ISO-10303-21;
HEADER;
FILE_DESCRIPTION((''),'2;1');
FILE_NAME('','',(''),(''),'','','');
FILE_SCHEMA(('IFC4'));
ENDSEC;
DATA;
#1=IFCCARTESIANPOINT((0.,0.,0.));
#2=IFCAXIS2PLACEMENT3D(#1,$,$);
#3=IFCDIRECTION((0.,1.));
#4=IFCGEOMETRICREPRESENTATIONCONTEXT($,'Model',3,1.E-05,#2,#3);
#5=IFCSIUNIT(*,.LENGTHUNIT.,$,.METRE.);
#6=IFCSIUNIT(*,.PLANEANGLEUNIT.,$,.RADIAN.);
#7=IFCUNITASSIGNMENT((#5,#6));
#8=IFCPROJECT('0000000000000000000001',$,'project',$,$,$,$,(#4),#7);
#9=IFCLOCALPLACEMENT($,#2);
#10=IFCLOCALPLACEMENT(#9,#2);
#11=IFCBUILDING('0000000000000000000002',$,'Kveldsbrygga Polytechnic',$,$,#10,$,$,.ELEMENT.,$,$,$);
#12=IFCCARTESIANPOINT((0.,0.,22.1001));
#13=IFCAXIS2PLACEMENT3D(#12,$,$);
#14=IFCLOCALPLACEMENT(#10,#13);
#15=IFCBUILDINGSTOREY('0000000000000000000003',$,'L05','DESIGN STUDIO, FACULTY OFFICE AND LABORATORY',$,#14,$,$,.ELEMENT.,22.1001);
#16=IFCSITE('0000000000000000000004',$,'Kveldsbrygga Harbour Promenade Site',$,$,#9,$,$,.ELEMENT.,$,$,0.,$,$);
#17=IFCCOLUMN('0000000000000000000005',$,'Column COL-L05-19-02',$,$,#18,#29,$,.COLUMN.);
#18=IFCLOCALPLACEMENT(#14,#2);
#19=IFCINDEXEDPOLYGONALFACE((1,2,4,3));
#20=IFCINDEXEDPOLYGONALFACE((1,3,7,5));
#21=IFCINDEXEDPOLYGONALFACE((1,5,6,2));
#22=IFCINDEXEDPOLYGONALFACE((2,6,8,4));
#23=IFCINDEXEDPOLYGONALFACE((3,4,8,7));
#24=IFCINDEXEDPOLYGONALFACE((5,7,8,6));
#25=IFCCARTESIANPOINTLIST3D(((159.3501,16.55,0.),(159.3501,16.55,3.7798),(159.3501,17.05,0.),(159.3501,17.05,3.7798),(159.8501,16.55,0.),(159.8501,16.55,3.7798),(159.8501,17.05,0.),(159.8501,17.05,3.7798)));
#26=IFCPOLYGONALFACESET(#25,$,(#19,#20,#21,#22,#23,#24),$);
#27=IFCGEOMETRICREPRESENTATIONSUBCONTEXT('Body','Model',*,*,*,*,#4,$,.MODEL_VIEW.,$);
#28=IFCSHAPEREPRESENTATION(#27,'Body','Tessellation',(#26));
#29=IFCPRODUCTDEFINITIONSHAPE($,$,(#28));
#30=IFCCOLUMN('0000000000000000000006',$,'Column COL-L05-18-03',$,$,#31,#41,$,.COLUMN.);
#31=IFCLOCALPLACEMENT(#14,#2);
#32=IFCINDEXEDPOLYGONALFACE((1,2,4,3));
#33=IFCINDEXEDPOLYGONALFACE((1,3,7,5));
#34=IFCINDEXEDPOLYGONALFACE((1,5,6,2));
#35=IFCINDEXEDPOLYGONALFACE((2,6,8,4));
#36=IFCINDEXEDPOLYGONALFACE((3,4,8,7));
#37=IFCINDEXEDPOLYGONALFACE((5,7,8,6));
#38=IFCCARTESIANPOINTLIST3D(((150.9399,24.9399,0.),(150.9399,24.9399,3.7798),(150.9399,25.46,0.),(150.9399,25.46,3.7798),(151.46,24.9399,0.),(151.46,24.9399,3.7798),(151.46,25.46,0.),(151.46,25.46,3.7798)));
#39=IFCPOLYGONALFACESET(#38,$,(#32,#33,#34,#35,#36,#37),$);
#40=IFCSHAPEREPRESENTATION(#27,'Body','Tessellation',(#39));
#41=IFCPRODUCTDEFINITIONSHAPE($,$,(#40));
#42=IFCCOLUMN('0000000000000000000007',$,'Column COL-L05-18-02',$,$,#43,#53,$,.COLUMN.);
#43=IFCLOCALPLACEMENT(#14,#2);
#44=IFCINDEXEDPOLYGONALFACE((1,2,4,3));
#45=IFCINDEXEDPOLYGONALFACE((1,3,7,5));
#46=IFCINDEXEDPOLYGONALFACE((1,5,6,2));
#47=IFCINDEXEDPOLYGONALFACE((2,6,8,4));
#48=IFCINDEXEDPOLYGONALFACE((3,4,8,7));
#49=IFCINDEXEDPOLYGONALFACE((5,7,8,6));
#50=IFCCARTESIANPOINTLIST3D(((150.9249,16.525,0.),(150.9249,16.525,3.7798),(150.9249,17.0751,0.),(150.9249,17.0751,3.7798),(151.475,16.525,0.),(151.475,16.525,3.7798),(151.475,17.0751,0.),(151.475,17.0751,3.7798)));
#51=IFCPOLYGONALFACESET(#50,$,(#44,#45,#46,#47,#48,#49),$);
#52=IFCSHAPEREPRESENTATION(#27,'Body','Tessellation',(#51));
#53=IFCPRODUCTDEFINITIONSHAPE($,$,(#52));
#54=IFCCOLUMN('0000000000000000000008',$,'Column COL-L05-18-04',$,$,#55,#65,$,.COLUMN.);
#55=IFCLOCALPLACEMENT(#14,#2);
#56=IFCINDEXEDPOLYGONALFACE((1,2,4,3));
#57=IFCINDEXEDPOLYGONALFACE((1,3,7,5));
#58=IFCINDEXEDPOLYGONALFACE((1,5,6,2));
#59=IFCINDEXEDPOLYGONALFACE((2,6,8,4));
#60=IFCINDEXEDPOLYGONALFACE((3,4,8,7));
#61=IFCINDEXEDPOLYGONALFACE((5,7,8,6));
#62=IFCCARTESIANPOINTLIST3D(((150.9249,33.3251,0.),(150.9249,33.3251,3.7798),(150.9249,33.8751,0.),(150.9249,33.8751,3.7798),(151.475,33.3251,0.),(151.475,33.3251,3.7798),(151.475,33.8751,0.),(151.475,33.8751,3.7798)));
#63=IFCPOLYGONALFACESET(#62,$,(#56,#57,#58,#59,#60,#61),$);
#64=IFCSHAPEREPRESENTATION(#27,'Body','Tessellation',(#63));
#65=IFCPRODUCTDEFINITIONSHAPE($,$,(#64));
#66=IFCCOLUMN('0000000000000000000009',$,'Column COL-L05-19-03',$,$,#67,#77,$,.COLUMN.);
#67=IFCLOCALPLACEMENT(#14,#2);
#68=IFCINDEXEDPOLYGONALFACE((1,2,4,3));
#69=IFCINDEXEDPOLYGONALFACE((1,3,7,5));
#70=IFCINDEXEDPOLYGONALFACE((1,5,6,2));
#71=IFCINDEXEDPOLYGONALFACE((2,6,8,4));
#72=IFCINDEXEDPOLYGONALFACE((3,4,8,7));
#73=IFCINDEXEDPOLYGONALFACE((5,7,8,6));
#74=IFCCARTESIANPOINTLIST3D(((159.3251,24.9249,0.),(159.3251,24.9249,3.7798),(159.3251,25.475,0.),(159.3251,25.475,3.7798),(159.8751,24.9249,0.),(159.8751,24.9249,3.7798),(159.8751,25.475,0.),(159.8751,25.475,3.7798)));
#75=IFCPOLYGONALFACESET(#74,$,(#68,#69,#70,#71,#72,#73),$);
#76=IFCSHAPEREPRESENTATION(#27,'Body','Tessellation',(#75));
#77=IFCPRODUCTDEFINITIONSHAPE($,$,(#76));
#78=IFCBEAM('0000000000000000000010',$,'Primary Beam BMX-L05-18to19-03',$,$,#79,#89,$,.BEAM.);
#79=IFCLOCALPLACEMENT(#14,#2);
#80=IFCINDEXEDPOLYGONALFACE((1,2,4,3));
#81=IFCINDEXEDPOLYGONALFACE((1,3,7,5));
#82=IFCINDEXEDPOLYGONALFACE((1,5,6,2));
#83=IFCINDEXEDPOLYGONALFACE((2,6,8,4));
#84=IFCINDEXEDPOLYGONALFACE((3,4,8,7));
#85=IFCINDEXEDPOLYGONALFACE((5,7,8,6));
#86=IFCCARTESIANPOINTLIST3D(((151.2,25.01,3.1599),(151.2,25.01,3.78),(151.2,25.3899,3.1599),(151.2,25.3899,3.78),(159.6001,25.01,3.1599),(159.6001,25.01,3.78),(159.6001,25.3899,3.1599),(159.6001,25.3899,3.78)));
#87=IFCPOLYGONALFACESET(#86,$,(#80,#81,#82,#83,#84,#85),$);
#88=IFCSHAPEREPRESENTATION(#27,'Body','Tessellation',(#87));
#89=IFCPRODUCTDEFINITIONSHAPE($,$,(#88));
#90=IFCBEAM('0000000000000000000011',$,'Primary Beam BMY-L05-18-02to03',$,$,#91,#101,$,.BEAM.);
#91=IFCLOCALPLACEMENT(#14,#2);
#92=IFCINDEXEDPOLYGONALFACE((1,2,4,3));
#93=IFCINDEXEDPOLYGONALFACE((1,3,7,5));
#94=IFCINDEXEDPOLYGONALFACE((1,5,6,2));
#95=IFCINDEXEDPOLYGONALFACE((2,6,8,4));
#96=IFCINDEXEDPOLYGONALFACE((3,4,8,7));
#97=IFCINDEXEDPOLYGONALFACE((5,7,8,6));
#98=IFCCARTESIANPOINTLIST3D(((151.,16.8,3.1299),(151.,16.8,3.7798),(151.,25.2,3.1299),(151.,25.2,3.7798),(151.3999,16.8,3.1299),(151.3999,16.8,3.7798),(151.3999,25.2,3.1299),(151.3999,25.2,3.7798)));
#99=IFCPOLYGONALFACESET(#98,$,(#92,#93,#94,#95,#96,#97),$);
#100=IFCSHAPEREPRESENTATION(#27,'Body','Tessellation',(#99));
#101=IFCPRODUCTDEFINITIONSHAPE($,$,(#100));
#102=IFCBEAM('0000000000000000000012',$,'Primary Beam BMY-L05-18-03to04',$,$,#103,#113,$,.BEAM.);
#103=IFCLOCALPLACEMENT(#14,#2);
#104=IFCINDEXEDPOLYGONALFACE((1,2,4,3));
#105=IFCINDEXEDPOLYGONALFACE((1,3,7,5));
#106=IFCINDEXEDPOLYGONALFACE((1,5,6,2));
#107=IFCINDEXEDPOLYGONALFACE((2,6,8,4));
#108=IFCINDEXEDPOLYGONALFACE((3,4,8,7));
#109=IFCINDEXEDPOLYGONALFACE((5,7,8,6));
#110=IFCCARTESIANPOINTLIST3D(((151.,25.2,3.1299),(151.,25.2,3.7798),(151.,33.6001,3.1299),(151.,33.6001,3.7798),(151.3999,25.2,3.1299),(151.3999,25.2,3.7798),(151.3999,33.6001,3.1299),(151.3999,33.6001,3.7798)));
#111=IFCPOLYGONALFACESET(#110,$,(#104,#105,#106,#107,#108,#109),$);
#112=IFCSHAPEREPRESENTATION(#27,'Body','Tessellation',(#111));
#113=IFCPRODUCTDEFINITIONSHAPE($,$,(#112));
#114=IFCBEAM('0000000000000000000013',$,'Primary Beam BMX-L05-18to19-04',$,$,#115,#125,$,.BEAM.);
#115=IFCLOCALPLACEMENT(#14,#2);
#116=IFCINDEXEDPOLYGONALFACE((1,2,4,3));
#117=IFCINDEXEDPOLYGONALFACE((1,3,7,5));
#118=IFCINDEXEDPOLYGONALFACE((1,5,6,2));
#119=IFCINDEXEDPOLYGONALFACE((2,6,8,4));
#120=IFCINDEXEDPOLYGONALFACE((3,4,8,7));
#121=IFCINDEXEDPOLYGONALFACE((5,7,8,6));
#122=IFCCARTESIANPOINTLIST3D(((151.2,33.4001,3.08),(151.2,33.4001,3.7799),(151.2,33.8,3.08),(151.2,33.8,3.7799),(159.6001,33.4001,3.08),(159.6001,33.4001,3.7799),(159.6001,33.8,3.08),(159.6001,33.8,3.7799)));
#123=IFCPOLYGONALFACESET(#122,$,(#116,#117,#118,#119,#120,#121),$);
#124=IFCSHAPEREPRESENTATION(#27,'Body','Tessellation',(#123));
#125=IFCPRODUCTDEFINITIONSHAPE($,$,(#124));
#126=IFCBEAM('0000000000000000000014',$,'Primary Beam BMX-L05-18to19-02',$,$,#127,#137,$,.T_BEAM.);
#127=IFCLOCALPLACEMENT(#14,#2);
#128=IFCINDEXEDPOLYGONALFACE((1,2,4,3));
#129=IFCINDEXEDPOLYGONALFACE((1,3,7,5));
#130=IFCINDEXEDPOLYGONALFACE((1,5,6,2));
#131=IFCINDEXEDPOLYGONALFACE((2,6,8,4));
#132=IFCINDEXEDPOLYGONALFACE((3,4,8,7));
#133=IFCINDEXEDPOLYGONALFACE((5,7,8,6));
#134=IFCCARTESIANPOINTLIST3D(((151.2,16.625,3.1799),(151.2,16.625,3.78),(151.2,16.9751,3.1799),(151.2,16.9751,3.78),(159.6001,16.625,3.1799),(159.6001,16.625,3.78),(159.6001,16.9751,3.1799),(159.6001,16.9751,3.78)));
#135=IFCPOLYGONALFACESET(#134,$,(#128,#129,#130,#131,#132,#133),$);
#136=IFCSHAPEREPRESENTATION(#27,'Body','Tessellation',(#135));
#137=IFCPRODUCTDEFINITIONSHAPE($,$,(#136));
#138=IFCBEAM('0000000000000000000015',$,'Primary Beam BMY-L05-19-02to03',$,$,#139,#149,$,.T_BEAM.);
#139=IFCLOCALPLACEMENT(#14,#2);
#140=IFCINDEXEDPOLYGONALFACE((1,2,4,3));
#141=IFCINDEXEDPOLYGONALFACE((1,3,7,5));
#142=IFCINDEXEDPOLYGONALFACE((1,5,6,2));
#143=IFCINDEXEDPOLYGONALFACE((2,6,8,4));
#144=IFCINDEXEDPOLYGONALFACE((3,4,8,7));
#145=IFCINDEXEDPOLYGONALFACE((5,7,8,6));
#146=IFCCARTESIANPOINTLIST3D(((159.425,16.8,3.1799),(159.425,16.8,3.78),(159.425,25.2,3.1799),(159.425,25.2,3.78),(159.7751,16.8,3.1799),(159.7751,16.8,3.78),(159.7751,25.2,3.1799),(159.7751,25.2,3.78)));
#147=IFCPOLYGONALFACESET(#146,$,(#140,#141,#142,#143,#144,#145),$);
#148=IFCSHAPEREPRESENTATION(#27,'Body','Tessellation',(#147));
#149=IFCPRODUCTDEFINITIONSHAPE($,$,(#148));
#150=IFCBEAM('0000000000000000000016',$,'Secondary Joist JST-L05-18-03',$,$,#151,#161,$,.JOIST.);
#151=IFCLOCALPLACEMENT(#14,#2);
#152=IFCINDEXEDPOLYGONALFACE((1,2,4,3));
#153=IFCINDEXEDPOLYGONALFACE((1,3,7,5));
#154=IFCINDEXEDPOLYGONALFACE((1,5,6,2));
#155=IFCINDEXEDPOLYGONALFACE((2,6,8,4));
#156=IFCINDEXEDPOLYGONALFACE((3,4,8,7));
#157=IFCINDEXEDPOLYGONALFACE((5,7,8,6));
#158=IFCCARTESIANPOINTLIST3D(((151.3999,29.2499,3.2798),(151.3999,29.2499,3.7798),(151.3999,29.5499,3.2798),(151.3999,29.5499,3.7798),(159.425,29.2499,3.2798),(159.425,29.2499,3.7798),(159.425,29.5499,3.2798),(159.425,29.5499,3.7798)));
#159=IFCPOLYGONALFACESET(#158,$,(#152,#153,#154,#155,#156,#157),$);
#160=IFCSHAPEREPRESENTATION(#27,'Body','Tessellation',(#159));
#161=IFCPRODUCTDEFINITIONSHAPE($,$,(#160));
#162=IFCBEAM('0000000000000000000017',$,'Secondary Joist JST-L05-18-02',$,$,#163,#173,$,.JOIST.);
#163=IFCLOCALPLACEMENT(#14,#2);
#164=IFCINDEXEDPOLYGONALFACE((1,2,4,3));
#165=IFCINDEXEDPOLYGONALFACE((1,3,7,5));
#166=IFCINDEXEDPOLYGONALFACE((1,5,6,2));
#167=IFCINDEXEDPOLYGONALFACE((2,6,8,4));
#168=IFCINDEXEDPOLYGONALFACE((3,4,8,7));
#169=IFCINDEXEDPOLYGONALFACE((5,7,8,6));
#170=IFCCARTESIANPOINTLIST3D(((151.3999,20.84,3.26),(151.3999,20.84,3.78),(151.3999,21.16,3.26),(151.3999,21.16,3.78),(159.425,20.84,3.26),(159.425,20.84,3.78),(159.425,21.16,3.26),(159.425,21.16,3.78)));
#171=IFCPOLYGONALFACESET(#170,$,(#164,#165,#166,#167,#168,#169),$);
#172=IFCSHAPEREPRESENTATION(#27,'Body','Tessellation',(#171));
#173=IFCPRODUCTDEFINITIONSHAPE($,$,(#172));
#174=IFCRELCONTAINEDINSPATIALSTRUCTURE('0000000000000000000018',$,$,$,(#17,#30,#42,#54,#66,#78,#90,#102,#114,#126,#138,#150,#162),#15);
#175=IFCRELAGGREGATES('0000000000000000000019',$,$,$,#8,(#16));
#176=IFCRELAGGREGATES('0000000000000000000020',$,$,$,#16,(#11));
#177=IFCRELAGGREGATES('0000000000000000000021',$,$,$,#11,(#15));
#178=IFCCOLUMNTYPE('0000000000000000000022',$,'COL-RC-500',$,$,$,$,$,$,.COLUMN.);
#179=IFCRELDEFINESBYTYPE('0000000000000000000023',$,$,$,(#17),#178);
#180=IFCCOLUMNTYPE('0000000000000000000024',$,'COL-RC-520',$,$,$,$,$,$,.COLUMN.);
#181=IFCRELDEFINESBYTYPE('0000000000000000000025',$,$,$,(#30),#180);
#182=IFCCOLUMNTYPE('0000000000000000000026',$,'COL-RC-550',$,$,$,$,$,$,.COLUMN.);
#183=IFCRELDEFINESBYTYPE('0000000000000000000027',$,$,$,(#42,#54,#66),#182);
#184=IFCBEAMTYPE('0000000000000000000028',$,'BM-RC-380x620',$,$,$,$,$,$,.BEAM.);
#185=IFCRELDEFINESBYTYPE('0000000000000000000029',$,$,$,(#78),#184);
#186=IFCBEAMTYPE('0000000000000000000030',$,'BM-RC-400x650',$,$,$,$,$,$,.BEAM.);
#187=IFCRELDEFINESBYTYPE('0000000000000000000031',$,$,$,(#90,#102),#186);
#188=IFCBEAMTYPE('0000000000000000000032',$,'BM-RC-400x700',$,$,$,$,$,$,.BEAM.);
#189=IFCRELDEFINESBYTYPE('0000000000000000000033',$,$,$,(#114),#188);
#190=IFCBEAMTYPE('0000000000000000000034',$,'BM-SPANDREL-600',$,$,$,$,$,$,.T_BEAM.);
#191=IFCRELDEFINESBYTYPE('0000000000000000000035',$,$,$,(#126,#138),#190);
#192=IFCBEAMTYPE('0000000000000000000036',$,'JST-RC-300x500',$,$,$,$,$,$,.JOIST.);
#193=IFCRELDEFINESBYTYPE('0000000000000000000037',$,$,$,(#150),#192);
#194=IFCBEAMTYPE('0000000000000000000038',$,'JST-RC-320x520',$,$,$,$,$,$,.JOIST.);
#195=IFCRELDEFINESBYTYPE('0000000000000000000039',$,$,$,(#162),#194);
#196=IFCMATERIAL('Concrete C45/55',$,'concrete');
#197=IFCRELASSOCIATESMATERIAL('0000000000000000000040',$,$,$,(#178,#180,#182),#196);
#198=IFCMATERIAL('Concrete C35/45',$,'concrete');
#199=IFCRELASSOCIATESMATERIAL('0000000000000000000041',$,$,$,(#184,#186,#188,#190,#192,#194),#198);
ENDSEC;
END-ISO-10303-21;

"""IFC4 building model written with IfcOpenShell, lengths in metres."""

from ifc_helpers import new_model, si_unit, direction, frame, origin, origin_2d, place, context, subcontext, project, spatial, rectangle, extrude, material, material_profile, profile_set, type_object, element, save


model = new_model("IFC4")

# Units and contexts
model_context = context("Model", 3, precision=1e-05, world=origin(), true_north=direction((0.0, 1.0)))
body_context = subcontext(model_context, "Body", "Model", "MODEL_VIEW")
ifc_project = project(units=[si_unit("LENGTHUNIT", "METRE"), si_unit("PLANEANGLEUNIT", "RADIAN")], contexts=[model_context])

# Site, building, storey
site_placement = place(None, origin())
site = spatial("IfcSite", under=ifc_project, at=site_placement, Name="Kveldsbrygga Harbour Promenade Site", CompositionType="ELEMENT", RefElevation=0.0)
building_placement = place(site_placement, origin())
building = spatial("IfcBuilding", under=site, at=building_placement, Name="Kveldsbrygga Polytechnic", CompositionType="ELEMENT")
storey_placement = place(building_placement, frame((0.0, 0.0, 22.1001)))
storey = spatial("IfcBuildingStorey", under=building, at=storey_placement, Name="L05", Description="DESIGN STUDIO, FACULTY OFFICE AND LABORATORY", CompositionType="ELEMENT", Elevation=22.1001)

# Columns
ifc_material_1 = material(Name="Concrete C45/55", Category="concrete")
ifc_material_profile_1 = material_profile(ifc_material_1, rectangle(XDim=0.5, YDim=0.5, at=origin_2d()), Name="RC 500x500")
ifc_profile_set_1 = profile_set([ifc_material_profile_1], Name="Concrete C45/55")
column_type_1 = type_object("IfcColumnType", Name="COL-RC-500", PredefinedType="COLUMN", material=ifc_profile_set_1)
column_1_placement = place(storey_placement, frame((159.6001, 16.8, 0.0), z_axis=(0.0, 0.0, 1.0), x_axis=(1.0, 0.0, 0.0)))
element("IfcColumn", 1, at=column_1_placement, inside=storey, type_object=column_type_1, Name="Column COL-L05-19-02", PredefinedType="COLUMN", context=body_context, shape_type="SweptSolid", body=[
    extrude(rectangle(XDim=0.5, YDim=0.5, at=origin_2d()), origin(), (0.0, 0.0, 1.0), 3.7798),
])
ifc_material_profile_2 = material_profile(ifc_material_1, rectangle(XDim=0.52, YDim=0.52, at=origin_2d()), Name="RC 520x520")
ifc_profile_set_2 = profile_set([ifc_material_profile_2], Name="Concrete C45/55")
column_type_2 = type_object("IfcColumnType", Name="COL-RC-520", PredefinedType="COLUMN", material=ifc_profile_set_2)
column_2_placement = place(storey_placement, frame((151.2, 25.2, 0.0), z_axis=(0.0, 0.0, 1.0), x_axis=(1.0, 0.0, 0.0)))
element("IfcColumn", 2, at=column_2_placement, inside=storey, type_object=column_type_2, Name="Column COL-L05-18-03", PredefinedType="COLUMN", context=body_context, shape_type="SweptSolid", body=[
    extrude(rectangle(XDim=0.52, YDim=0.52, at=origin_2d()), origin(), (0.0, 0.0, 1.0), 3.7798),
])
ifc_material_profile_3 = material_profile(ifc_material_1, rectangle(XDim=0.55, YDim=0.55, at=origin_2d()), Name="RC 550x550")
ifc_profile_set_3 = profile_set([ifc_material_profile_3], Name="Concrete C45/55")
column_type_3 = type_object("IfcColumnType", Name="COL-RC-550", PredefinedType="COLUMN", material=ifc_profile_set_3)
for number, where, z_axis, x_axis, name in (
    (3, (151.2, 16.8, 0.0), (0.0, 0.0, 1.0), (1.0, 0.0, 0.0), "Column COL-L05-18-02"),
    (4, (151.2, 33.6001, 0.0), (0.0, 0.0, 1.0), (1.0, 0.0, 0.0), "Column COL-L05-18-04"),
    (5, (159.6001, 25.2, 0.0), (0.0, 0.0, 1.0), (1.0, 0.0, 0.0), "Column COL-L05-19-03"),
):
    element("IfcColumn", number, at=place(storey_placement, frame(where, z_axis=z_axis, x_axis=x_axis)), inside=storey, type_object=column_type_3, Name=name, PredefinedType="COLUMN", context=body_context, shape_type="SweptSolid", body=[
        extrude(rectangle(XDim=0.55, YDim=0.55, at=origin_2d()), origin(), (0.0, 0.0, 1.0), 3.7798),
    ])

# Beams
ifc_material_2 = material(Name="Concrete C35/45", Category="concrete")
ifc_material_profile_4 = material_profile(ifc_material_2, rectangle(XDim=0.3799, YDim=0.6201, at=origin_2d()), Name="RC 380x620")
ifc_profile_set_4 = profile_set([ifc_material_profile_4], Name="Concrete C35/45")
beam_type_1 = type_object("IfcBeamType", Name="BM-RC-380x620", PredefinedType="BEAM", material=ifc_profile_set_4)
beam_1_placement = place(storey_placement, frame((151.2, 25.2, 3.47), z_axis=(1.0, 0.0, 0.0), x_axis=(0.0, 1.0, 0.0)))
element("IfcBeam", 6, at=beam_1_placement, inside=storey, type_object=beam_type_1, Name="Primary Beam BMX-L05-18to19-03", PredefinedType="BEAM", context=body_context, shape_type="SweptSolid", body=[
    extrude(rectangle(XDim=0.3799, YDim=0.6201, at=origin_2d()), origin(), (0.0, 0.0, 1.0), 8.4001),
])
ifc_material_profile_5 = material_profile(ifc_material_2, rectangle(XDim=0.3999, YDim=0.6499, at=origin_2d()), Name="RC 400x650")
ifc_profile_set_5 = profile_set([ifc_material_profile_5], Name="Concrete C35/45")
beam_type_2 = type_object("IfcBeamType", Name="BM-RC-400x650", PredefinedType="BEAM", material=ifc_profile_set_5)
beam_2_placement = place(storey_placement, frame((151.2, 16.8, 3.4548), z_axis=(0.0, 1.0, 0.0), x_axis=(-1.0, 0.0, 0.0)))
element("IfcBeam", 7, at=beam_2_placement, inside=storey, type_object=beam_type_2, Name="Primary Beam BMY-L05-18-02to03", PredefinedType="BEAM", context=body_context, shape_type="SweptSolid", body=[
    extrude(rectangle(XDim=0.3999, YDim=0.6499, at=origin_2d()), origin(), (0.0, 0.0, 1.0), 8.3999),
])
beam_3_placement = place(storey_placement, frame((151.2, 25.2, 3.4548), z_axis=(0.0, 1.0, 0.0), x_axis=(-1.0, 0.0, 0.0)))
element("IfcBeam", 8, at=beam_3_placement, inside=storey, type_object=beam_type_2, Name="Primary Beam BMY-L05-18-03to04", PredefinedType="BEAM", context=body_context, shape_type="SweptSolid", body=[
    extrude(rectangle(XDim=0.3999, YDim=0.6499, at=origin_2d()), origin(), (0.0, 0.0, 1.0), 8.4001),
])
ifc_material_profile_6 = material_profile(ifc_material_2, rectangle(XDim=0.3999, YDim=0.7, at=origin_2d()), Name="RC 400x700")
ifc_profile_set_6 = profile_set([ifc_material_profile_6], Name="Concrete C35/45")
beam_type_3 = type_object("IfcBeamType", Name="BM-RC-400x700", PredefinedType="BEAM", material=ifc_profile_set_6)
beam_4_placement = place(storey_placement, frame((151.2, 33.6001, 3.4299), z_axis=(1.0, 0.0, 0.0), x_axis=(0.0, 1.0, 0.0)))
element("IfcBeam", 9, at=beam_4_placement, inside=storey, type_object=beam_type_3, Name="Primary Beam BMX-L05-18to19-04", PredefinedType="BEAM", context=body_context, shape_type="SweptSolid", body=[
    extrude(rectangle(XDim=0.3999, YDim=0.7, at=origin_2d()), origin(), (0.0, 0.0, 1.0), 8.4001),
])
ifc_material_profile_7 = material_profile(ifc_material_2, rectangle(XDim=0.3501, YDim=0.6001, at=origin_2d()), Name="RC 350x600")
ifc_profile_set_7 = profile_set([ifc_material_profile_7], Name="Concrete C35/45")
beam_type_4 = type_object("IfcBeamType", Name="BM-SPANDREL-600", PredefinedType="T_BEAM", material=ifc_profile_set_7)
beam_5_placement = place(storey_placement, frame((151.2, 16.8, 3.48), z_axis=(1.0, 0.0, 0.0), x_axis=(0.0, 1.0, 0.0)))
element("IfcBeam", 10, at=beam_5_placement, inside=storey, type_object=beam_type_4, Name="Primary Beam BMX-L05-18to19-02", PredefinedType="T_BEAM", context=body_context, shape_type="SweptSolid", body=[
    extrude(rectangle(XDim=0.3501, YDim=0.6001, at=origin_2d()), origin(), (0.0, 0.0, 1.0), 8.4001),
])
beam_6_placement = place(storey_placement, frame((159.6001, 16.8, 3.48), z_axis=(0.0, 1.0, 0.0), x_axis=(-1.0, 0.0, 0.0)))
element("IfcBeam", 11, at=beam_6_placement, inside=storey, type_object=beam_type_4, Name="Primary Beam BMY-L05-19-02to03", PredefinedType="T_BEAM", context=body_context, shape_type="SweptSolid", body=[
    extrude(rectangle(XDim=0.3501, YDim=0.6001, at=origin_2d()), origin(), (0.0, 0.0, 1.0), 8.3999),
])
ifc_material_profile_8 = material_profile(ifc_material_2, rectangle(XDim=0.3, YDim=0.5, at=origin_2d()), Name="RC 300x500")
ifc_profile_set_8 = profile_set([ifc_material_profile_8], Name="Concrete C35/45")
beam_type_5 = type_object("IfcBeamType", Name="JST-RC-300x500", PredefinedType="JOIST", material=ifc_profile_set_8)
beam_7_placement = place(storey_placement, frame((151.3999, 29.3999, 3.5298), z_axis=(1.0, 0.0, 0.0), x_axis=(0.0, 1.0, 0.0)))
element("IfcBeam", 12, at=beam_7_placement, inside=storey, type_object=beam_type_5, Name="Secondary Joist JST-L05-18-03", PredefinedType="JOIST", context=body_context, shape_type="SweptSolid", body=[
    extrude(rectangle(XDim=0.3, YDim=0.5, at=origin_2d()), origin(), (0.0, 0.0, 1.0), 8.0251),
])
ifc_material_profile_9 = material_profile(ifc_material_2, rectangle(XDim=0.3201, YDim=0.52, at=origin_2d()), Name="RC 320x520")
ifc_profile_set_9 = profile_set([ifc_material_profile_9], Name="Concrete C35/45")
beam_type_6 = type_object("IfcBeamType", Name="JST-RC-320x520", PredefinedType="JOIST", material=ifc_profile_set_9)
beam_8_placement = place(storey_placement, frame((151.3999, 21.0, 3.52), z_axis=(1.0, 0.0, 0.0), x_axis=(0.0, 1.0, 0.0)))
element("IfcBeam", 13, at=beam_8_placement, inside=storey, type_object=beam_type_6, Name="Secondary Joist JST-L05-18-02", PredefinedType="JOIST", context=body_context, shape_type="SweptSolid", body=[
    extrude(rectangle(XDim=0.3201, YDim=0.52, at=origin_2d()), origin(), (0.0, 0.0, 1.0), 8.0251),
])

save(model, "model.ifc")
